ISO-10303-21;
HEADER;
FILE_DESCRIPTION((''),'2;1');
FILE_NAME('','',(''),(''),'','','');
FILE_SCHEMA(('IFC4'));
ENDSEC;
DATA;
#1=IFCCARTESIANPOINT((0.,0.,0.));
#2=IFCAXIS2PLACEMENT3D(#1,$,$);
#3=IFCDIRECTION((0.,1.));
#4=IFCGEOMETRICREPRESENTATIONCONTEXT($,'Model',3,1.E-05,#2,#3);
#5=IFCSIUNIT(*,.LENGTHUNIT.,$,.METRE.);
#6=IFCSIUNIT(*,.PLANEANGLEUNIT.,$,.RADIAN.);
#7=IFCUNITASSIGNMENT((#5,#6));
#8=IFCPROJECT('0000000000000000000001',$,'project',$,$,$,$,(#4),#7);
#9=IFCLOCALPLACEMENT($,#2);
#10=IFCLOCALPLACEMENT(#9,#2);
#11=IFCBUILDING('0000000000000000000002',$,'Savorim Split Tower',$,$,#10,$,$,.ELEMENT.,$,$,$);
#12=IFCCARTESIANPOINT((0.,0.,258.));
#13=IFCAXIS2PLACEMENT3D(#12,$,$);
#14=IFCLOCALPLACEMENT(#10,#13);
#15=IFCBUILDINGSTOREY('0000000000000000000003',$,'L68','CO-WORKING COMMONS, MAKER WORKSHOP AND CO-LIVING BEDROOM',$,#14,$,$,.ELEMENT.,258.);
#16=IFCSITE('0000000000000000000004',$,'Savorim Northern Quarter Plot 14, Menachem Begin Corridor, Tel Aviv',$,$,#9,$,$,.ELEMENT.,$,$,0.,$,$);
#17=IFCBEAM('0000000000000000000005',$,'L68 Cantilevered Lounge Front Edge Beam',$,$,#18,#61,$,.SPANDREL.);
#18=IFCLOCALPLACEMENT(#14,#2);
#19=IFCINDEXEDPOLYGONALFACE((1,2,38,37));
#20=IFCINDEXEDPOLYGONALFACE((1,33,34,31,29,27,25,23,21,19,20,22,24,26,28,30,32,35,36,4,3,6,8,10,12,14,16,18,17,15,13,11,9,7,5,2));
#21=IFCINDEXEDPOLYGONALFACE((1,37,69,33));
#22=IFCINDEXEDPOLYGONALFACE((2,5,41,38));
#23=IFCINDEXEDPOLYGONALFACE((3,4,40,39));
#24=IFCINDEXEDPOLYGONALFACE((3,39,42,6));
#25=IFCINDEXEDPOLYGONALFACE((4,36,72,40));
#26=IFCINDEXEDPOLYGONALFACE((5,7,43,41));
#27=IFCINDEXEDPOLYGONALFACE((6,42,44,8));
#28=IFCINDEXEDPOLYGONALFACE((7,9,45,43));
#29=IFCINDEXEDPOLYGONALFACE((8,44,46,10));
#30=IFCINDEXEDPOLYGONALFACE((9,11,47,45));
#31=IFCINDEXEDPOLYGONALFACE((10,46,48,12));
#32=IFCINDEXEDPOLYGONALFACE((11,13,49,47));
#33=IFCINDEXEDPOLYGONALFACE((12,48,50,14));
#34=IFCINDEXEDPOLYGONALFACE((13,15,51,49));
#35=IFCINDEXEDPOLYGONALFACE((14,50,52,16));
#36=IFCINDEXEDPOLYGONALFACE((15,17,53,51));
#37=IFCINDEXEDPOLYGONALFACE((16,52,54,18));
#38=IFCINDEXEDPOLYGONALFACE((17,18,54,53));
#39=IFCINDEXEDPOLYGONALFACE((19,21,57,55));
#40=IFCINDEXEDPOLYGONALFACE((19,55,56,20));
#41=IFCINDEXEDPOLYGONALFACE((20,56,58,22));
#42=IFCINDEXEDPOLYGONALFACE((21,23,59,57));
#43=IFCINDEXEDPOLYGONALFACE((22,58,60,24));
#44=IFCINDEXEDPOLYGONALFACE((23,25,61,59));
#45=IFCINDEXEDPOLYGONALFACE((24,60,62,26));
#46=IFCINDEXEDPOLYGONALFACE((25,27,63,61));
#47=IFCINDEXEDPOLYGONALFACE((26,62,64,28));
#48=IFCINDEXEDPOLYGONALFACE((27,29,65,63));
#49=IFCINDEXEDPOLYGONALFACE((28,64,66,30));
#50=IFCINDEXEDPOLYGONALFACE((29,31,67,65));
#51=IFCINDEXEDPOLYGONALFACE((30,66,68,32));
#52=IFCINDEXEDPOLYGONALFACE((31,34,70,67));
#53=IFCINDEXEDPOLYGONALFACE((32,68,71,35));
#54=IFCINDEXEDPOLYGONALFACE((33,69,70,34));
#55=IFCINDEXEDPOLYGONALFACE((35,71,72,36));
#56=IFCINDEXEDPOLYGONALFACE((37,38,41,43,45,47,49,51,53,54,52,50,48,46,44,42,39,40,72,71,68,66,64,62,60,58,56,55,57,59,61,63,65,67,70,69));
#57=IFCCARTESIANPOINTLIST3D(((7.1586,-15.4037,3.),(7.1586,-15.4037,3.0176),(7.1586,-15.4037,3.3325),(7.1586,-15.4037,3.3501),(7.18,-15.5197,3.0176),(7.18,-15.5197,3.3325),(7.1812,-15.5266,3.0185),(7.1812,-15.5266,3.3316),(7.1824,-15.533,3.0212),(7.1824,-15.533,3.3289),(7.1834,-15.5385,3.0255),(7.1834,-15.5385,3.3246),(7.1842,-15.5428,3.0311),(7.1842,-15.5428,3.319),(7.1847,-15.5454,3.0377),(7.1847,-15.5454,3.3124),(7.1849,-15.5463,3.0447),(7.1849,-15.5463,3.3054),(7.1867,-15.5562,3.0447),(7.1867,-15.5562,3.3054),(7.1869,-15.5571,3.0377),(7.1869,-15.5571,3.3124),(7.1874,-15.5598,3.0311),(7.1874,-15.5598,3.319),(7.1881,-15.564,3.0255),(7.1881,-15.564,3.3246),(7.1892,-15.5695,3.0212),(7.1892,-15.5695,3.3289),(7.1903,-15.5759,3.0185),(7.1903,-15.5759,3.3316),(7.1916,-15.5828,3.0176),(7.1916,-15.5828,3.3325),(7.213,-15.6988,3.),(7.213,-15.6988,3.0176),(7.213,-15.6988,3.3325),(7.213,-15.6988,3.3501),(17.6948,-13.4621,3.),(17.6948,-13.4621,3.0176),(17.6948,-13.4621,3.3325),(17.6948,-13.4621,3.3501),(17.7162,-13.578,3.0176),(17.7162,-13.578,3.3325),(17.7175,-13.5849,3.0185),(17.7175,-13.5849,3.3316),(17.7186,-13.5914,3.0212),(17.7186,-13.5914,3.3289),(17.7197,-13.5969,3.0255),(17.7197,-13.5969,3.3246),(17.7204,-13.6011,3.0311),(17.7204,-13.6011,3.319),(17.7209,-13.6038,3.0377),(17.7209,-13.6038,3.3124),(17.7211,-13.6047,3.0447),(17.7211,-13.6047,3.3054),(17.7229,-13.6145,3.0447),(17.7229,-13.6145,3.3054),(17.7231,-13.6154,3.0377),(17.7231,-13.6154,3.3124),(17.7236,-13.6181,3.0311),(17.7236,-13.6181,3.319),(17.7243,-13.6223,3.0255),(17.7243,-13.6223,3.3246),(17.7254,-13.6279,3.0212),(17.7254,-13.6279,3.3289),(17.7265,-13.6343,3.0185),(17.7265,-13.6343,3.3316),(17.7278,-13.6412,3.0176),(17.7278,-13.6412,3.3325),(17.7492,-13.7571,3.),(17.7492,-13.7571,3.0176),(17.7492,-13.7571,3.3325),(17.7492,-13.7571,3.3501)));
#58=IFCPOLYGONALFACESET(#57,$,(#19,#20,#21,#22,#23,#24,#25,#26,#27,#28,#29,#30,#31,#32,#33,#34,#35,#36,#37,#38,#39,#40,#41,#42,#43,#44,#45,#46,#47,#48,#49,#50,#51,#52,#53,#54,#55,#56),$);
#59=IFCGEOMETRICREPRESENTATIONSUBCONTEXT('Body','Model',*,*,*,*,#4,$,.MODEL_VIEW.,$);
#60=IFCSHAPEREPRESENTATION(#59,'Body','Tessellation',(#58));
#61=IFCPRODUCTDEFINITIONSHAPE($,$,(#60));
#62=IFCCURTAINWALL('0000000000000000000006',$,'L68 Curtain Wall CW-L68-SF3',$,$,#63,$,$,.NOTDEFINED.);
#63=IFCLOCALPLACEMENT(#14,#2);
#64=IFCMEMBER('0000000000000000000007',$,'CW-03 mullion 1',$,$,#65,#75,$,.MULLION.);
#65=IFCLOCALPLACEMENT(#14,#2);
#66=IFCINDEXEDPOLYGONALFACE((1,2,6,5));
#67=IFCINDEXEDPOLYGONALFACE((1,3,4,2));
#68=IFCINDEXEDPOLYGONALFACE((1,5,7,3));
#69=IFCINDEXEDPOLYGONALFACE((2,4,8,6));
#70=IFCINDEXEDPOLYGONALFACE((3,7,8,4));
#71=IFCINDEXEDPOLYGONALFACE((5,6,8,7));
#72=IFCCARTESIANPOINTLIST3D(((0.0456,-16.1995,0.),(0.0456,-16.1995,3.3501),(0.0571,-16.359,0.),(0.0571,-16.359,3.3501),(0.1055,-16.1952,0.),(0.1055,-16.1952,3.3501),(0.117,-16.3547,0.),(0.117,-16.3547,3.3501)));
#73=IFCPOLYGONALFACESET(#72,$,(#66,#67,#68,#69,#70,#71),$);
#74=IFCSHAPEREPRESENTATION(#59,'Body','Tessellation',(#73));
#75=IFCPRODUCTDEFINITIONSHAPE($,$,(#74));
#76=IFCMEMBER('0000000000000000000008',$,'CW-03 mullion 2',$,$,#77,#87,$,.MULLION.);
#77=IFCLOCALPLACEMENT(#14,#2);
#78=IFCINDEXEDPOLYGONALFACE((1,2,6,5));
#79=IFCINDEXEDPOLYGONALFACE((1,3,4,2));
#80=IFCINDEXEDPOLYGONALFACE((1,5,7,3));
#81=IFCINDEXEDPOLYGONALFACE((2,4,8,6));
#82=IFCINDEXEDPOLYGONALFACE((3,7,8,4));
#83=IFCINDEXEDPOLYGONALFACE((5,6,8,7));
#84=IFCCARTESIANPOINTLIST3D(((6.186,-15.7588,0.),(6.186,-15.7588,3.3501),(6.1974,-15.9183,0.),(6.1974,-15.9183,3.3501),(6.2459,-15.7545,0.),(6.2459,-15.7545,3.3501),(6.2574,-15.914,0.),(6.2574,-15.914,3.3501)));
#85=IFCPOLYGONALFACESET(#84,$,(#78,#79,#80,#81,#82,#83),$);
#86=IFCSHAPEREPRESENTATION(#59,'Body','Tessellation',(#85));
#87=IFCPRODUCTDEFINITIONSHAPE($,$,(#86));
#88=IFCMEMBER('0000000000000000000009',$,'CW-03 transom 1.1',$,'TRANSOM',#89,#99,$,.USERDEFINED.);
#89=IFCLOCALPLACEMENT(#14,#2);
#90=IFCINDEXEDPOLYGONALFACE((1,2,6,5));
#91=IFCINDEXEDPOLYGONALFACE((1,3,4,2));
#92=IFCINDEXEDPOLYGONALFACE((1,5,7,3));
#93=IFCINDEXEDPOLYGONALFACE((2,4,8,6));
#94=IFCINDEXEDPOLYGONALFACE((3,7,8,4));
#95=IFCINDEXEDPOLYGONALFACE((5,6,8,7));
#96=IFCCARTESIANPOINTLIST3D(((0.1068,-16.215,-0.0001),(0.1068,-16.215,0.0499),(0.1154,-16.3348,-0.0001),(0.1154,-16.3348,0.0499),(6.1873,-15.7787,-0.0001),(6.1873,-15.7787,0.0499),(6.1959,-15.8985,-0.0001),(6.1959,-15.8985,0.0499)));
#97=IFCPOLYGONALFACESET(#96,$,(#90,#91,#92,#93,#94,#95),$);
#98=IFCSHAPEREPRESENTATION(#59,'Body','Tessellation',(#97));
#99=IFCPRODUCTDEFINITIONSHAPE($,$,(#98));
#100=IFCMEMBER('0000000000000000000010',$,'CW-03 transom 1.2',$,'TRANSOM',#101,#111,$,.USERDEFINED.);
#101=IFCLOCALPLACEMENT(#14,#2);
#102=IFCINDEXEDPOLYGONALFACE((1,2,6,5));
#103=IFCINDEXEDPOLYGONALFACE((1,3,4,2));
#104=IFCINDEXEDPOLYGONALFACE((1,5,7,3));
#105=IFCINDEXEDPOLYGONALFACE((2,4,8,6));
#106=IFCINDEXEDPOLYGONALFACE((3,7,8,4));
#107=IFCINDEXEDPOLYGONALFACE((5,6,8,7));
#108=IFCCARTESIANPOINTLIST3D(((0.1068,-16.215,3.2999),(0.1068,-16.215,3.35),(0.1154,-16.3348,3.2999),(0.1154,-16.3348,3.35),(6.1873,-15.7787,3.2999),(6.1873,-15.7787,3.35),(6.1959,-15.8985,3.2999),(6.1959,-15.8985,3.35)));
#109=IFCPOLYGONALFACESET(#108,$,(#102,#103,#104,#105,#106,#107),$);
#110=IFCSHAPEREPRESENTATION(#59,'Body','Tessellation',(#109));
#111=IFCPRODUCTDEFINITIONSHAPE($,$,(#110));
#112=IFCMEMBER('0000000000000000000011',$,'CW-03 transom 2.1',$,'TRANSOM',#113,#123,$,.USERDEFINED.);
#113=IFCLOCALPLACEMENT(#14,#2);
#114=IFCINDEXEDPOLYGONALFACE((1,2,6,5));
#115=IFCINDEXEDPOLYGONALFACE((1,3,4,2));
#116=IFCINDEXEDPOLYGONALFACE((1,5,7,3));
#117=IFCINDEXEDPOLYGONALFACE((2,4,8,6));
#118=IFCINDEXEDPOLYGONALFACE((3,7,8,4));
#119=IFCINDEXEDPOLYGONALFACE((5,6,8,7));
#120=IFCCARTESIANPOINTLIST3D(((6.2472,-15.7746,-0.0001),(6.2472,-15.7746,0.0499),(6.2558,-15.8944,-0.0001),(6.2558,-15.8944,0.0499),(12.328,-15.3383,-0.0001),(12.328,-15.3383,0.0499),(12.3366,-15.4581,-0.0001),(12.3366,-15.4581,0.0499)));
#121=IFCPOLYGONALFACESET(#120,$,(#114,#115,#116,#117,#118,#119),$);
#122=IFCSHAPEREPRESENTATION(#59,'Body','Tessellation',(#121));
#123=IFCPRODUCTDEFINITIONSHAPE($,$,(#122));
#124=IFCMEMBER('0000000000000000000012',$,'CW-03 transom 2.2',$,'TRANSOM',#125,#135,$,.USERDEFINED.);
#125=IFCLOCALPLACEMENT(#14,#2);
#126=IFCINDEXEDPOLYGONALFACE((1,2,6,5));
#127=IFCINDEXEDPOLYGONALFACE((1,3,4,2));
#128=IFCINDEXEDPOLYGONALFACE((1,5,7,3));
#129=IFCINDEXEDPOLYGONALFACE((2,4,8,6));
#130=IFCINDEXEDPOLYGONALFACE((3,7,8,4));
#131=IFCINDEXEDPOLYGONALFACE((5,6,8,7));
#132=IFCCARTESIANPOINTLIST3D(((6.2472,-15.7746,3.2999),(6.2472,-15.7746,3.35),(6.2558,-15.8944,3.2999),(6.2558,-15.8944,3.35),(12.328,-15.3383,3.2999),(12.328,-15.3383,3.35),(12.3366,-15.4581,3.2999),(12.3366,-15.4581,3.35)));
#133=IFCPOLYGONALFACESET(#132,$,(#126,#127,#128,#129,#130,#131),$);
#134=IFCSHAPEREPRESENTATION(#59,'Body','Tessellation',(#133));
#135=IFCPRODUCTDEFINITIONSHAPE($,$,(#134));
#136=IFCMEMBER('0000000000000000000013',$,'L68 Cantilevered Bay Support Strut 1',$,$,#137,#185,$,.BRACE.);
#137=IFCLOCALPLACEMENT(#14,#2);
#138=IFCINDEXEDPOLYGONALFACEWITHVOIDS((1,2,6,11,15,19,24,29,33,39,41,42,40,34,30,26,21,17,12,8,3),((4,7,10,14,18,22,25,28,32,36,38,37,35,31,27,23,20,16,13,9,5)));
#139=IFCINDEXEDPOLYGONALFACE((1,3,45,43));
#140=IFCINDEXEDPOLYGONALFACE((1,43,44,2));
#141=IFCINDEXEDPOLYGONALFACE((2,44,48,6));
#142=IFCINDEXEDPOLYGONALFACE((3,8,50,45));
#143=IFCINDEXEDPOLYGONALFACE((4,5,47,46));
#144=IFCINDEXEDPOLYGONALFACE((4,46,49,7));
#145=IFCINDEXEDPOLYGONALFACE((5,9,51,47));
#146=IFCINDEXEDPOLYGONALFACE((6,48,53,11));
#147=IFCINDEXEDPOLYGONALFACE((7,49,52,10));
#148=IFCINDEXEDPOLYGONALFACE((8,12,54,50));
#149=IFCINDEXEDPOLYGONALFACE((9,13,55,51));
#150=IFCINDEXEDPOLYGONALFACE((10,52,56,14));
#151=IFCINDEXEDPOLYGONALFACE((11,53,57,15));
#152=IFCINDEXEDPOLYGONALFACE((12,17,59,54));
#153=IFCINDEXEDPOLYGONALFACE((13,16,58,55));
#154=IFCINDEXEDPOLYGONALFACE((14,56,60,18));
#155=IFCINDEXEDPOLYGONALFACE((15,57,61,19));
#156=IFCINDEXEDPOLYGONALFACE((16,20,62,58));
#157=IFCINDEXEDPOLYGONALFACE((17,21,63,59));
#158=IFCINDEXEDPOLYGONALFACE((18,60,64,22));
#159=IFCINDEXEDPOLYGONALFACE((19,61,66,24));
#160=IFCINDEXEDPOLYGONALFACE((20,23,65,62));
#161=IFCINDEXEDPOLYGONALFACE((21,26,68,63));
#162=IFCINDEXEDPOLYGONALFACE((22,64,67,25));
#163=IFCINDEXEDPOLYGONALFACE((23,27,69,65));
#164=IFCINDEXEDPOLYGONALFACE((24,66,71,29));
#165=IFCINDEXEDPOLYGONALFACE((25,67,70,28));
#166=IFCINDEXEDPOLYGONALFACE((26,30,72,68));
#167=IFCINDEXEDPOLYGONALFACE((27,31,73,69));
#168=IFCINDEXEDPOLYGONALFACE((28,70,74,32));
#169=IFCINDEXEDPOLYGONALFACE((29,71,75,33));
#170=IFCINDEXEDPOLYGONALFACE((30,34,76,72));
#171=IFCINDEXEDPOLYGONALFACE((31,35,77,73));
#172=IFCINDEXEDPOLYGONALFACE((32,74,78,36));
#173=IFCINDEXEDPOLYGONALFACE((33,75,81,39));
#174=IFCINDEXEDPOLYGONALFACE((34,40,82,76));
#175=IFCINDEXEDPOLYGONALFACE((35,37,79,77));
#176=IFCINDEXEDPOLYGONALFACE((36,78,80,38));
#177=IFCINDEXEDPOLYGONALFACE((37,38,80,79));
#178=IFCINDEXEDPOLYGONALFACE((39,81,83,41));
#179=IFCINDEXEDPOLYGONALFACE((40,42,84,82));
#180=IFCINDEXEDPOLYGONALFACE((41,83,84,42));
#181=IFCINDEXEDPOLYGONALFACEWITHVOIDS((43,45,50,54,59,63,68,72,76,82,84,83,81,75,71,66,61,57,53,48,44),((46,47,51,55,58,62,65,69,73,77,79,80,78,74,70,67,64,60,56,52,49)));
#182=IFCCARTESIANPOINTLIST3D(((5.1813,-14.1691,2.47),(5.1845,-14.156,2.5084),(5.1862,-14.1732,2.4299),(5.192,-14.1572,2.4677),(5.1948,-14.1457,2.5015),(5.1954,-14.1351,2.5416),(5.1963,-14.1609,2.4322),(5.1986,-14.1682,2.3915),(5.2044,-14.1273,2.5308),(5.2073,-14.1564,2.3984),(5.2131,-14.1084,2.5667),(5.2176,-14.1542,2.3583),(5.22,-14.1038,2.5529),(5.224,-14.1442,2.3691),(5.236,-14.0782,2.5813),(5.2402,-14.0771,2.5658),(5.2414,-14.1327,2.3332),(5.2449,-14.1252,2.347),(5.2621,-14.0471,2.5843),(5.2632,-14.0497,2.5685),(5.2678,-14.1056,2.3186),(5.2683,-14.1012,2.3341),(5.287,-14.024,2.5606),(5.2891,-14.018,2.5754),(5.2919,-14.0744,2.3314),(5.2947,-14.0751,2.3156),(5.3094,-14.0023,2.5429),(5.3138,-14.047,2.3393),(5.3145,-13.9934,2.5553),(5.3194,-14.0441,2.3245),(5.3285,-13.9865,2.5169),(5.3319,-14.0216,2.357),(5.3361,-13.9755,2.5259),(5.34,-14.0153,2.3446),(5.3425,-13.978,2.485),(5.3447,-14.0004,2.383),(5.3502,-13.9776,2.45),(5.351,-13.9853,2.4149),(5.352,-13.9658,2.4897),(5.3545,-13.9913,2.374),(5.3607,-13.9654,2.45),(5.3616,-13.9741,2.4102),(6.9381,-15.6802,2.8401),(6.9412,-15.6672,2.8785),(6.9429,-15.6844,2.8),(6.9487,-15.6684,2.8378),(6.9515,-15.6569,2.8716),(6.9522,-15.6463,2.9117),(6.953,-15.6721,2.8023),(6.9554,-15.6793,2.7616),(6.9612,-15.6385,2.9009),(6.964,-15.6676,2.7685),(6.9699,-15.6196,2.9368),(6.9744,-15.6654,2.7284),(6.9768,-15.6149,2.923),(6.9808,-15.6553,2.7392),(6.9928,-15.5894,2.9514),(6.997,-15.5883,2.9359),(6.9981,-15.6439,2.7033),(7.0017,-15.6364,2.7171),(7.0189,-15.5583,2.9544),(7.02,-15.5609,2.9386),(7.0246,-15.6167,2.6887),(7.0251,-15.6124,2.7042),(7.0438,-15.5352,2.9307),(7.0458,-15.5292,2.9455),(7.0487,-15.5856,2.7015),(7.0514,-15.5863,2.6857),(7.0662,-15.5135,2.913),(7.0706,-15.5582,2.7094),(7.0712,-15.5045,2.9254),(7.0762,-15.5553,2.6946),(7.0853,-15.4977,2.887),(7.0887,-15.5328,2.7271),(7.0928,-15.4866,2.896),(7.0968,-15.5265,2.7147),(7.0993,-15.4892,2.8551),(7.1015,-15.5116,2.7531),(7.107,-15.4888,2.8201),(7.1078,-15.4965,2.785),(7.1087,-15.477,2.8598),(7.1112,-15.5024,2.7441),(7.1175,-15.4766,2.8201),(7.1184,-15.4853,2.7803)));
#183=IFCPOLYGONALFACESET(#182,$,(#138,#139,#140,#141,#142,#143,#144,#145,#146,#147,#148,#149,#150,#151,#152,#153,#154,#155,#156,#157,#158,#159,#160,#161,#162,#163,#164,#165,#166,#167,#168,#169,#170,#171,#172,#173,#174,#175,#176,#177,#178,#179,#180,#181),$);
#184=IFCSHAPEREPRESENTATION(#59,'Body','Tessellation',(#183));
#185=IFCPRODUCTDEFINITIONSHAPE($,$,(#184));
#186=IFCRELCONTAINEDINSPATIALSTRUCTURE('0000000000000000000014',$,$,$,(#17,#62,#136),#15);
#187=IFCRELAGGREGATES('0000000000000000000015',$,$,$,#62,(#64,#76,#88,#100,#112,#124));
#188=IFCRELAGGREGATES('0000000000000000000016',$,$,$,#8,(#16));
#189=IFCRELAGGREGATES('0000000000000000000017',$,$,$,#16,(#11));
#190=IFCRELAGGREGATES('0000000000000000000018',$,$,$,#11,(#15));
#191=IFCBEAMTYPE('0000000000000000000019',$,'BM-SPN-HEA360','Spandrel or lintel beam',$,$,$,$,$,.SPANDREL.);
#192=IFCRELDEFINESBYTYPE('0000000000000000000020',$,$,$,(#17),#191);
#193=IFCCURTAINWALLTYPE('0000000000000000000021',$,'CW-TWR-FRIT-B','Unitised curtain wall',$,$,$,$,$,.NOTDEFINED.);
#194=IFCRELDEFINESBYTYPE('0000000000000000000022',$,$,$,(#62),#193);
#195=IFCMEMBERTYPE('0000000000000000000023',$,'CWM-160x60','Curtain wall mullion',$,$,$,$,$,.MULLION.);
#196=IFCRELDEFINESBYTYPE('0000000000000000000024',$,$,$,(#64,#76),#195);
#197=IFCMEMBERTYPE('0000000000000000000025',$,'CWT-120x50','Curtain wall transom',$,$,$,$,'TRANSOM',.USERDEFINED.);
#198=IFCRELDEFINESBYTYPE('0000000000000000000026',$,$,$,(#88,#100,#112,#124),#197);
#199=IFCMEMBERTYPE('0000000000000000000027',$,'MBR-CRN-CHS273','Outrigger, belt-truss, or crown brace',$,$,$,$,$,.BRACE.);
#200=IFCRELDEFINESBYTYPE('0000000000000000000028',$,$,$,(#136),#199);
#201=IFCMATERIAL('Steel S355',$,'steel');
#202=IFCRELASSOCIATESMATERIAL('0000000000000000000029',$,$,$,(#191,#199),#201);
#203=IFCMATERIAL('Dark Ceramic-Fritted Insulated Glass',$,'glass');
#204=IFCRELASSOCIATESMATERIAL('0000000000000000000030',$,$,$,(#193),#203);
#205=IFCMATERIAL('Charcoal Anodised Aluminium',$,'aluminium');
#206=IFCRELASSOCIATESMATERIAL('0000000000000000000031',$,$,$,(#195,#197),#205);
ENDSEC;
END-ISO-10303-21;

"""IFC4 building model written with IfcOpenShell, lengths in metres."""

from ifc_helpers import new_model, si_unit, direction, frame, origin, origin_2d, place, context, subcontext, project, spatial, rectangle, hollow_circle, i_section, extrude, material, material_profile, profile_set, type_object, element, aggregate, save


model = new_model("IFC4")

# Units and contexts
model_context = context("Model", 3, precision=1e-05, world=origin(), true_north=direction((0.0, 1.0)))
body_context = subcontext(model_context, "Body", "Model", "MODEL_VIEW")
ifc_project = project(units=[si_unit("LENGTHUNIT", "METRE"), si_unit("PLANEANGLEUNIT", "RADIAN")], contexts=[model_context])

# Site, building, storey
site_placement = place(None, origin())
site = spatial("IfcSite", under=ifc_project, at=site_placement, Name="Savorim Northern Quarter Plot 14, Menachem Begin Corridor, Tel Aviv", CompositionType="ELEMENT", RefElevation=0.0)
building_placement = place(site_placement, origin())
building = spatial("IfcBuilding", under=site, at=building_placement, Name="Savorim Split Tower", CompositionType="ELEMENT")
storey_placement = place(building_placement, frame((0.0, 0.0, 258.0)))
storey = spatial("IfcBuildingStorey", under=building, at=storey_placement, Name="L68", Description="CO-WORKING COMMONS, MAKER WORKSHOP AND CO-LIVING BEDROOM", CompositionType="ELEMENT", Elevation=258.0)

# Shared definitions
ifc_material_1 = material(Name="Steel S355", Category="steel")

# Beam
ifc_material_profile_1 = material_profile(ifc_material_1, i_section(OverallWidth=0.3, OverallDepth=0.3501, WebThickness=0.01, FlangeThickness=0.0176, FilletRadius=0.0271, at=origin_2d()), Name="HEA 360")
ifc_profile_set_1 = profile_set([ifc_material_profile_1], Name="Steel S355")
beam_type_1 = type_object("IfcBeamType", Name="BM-SPN-HEA360", Description="Spandrel or lintel beam", PredefinedType="SPANDREL", material=ifc_profile_set_1)
beam_1_placement = place(storey_placement, frame((7.1858, -15.5513, 3.175), z_axis=(0.98344, 0.181233, 0.0), x_axis=(-0.181233, 0.98344, 0.0)))
element("IfcBeam", 1, at=beam_1_placement, inside=storey, type_object=beam_type_1, Name="L68 Cantilevered Lounge Front Edge Beam", PredefinedType="SPANDREL", context=body_context, shape_type="SweptSolid", body=[
    extrude(i_section(OverallWidth=0.3, OverallDepth=0.3501, WebThickness=0.01, FlangeThickness=0.0176, FilletRadius=0.0271, at=origin_2d()), origin(), (0.0, 0.0, 1.0), 10.7136),
])

# Curtain wall, members
ifc_material_2 = material(Name="Dark Ceramic-Fritted Insulated Glass", Category="glass")
curtain_wall_type = type_object("IfcCurtainWallType", Name="CW-TWR-FRIT-B", Description="Unitised curtain wall", PredefinedType="NOTDEFINED", material=ifc_material_2)
curtain_wall_placement = place(storey_placement, origin())
curtain_wall = element("IfcCurtainWall", 2, at=curtain_wall_placement, inside=storey, type_object=curtain_wall_type, Name="L68 Curtain Wall CW-L68-SF3", PredefinedType="NOTDEFINED")
ifc_material_3 = material(Name="Charcoal Anodised Aluminium", Category="aluminium")
ifc_material_profile_2 = material_profile(ifc_material_3, rectangle(XDim=0.1599, YDim=0.0601, at=origin_2d()), Name="ALU-M 160x60")
ifc_profile_set_2 = profile_set([ifc_material_profile_2], Name="Charcoal Anodised Aluminium")
member_type_1 = type_object("IfcMemberType", Name="CWM-160x60", Description="Curtain wall mullion", PredefinedType="MULLION", material=ifc_profile_set_2)
member_1_placement = place(storey_placement, frame((0.0813, -16.2771, 0.0), z_axis=(0.0, 0.0, 1.0), x_axis=(-0.071562, 0.997436, 0.0)))
member_1 = element("IfcMember", 3, at=member_1_placement, type_object=member_type_1, Name="CW-03 mullion 1", PredefinedType="MULLION", context=body_context, shape_type="SweptSolid", body=[
    extrude(rectangle(XDim=0.1599, YDim=0.0601, at=origin_2d()), origin(), (0.0, 0.0, 1.0), 3.3501),
])
member_2_placement = place(storey_placement, frame((6.2217, -15.8364, 0.0), z_axis=(0.0, 0.0, 1.0), x_axis=(-0.071562, 0.997436, 0.0)))
member_2 = element("IfcMember", 4, at=member_2_placement, type_object=member_type_1, Name="CW-03 mullion 2", PredefinedType="MULLION", context=body_context, shape_type="SweptSolid", body=[
    extrude(rectangle(XDim=0.1599, YDim=0.0601, at=origin_2d()), origin(), (0.0, 0.0, 1.0), 3.3501),
])
ifc_material_profile_3 = material_profile(ifc_material_3, rectangle(XDim=0.1201, YDim=0.05, at=origin_2d()), Name="ALU-T 120x50")
ifc_profile_set_3 = profile_set([ifc_material_profile_3], Name="Charcoal Anodised Aluminium")
member_type_2 = type_object("IfcMemberType", Name="CWT-120x50", Description="Curtain wall transom", ElementType="TRANSOM", PredefinedType="USERDEFINED", material=ifc_profile_set_3)
member_3_placement = place(storey_placement, frame((0.1111, -16.2749, 0.0249), z_axis=(0.997436, 0.071566, 0.0), x_axis=(-0.071566, 0.997436, 0.0)))
member_3 = element("IfcMember", 5, at=member_3_placement, type_object=member_type_2, Name="CW-03 transom 1.1", ObjectType="TRANSOM", PredefinedType="USERDEFINED", context=body_context, shape_type="SweptSolid", body=[
    extrude(rectangle(XDim=0.1201, YDim=0.05, at=origin_2d()), origin(), (0.0, 0.0, 1.0), 6.0962),
])
member_4_placement = place(storey_placement, frame((0.1111, -16.2749, 3.325), z_axis=(0.997436, 0.071566, 0.0), x_axis=(-0.071566, 0.997436, 0.0)))
member_4 = element("IfcMember", 6, at=member_4_placement, type_object=member_type_2, Name="CW-03 transom 1.2", ObjectType="TRANSOM", PredefinedType="USERDEFINED", context=body_context, shape_type="SweptSolid", body=[
    extrude(rectangle(XDim=0.1201, YDim=0.05, at=origin_2d()), origin(), (0.0, 0.0, 1.0), 6.0962),
])
member_5_placement = place(storey_placement, frame((6.2515, -15.8345, 0.0249), z_axis=(0.997436, 0.071563, 0.0), x_axis=(-0.071563, 0.997436, 0.0)))
member_5 = element("IfcMember", 7, at=member_5_placement, type_object=member_type_2, Name="CW-03 transom 2.1", ObjectType="TRANSOM", PredefinedType="USERDEFINED", context=body_context, shape_type="SweptSolid", body=[
    extrude(rectangle(XDim=0.1201, YDim=0.05, at=origin_2d()), origin(), (0.0, 0.0, 1.0), 6.0964),
])
member_6_placement = place(storey_placement, frame((6.2515, -15.8345, 3.325), z_axis=(0.997436, 0.071563, 0.0), x_axis=(-0.071563, 0.997436, 0.0)))
member_6 = element("IfcMember", 8, at=member_6_placement, type_object=member_type_2, Name="CW-03 transom 2.2", ObjectType="TRANSOM", PredefinedType="USERDEFINED", context=body_context, shape_type="SweptSolid", body=[
    extrude(rectangle(XDim=0.1201, YDim=0.05, at=origin_2d()), origin(), (0.0, 0.0, 1.0), 6.0964),
])

# Member
ifc_material_profile_4 = material_profile(ifc_material_1, hollow_circle(Radius=0.1365, WallThickness=0.0161, at=origin_2d()), Name="CHS 273x16")
ifc_profile_set_4 = profile_set([ifc_material_profile_4], Name="Steel S355")
member_type_3 = type_object("IfcMemberType", Name="MBR-CRN-CHS273", Description="Outrigger, belt-truss, or crown brace", PredefinedType="BRACE", material=ifc_profile_set_4)
member_7_placement = place(storey_placement, frame((5.2717, -14.0688, 2.45), z_axis=(0.748622, -0.643965, 0.157714), x_axis=(0.652126, 0.75811, 0.0)))
element("IfcMember", 9, at=member_7_placement, inside=storey, type_object=member_type_3, Name="L68 Cantilevered Bay Support Strut 1", PredefinedType="BRACE", context=body_context, shape_type="SweptSolid", body=[
    extrude(hollow_circle(Radius=0.1365, WallThickness=0.0161, at=origin_2d()), origin(), (0.0, 0.0, 1.0), 2.3467),
])

aggregate(curtain_wall, [member_1, member_2, member_3, member_4, member_5, member_6])

save(model, "model.ifc")
